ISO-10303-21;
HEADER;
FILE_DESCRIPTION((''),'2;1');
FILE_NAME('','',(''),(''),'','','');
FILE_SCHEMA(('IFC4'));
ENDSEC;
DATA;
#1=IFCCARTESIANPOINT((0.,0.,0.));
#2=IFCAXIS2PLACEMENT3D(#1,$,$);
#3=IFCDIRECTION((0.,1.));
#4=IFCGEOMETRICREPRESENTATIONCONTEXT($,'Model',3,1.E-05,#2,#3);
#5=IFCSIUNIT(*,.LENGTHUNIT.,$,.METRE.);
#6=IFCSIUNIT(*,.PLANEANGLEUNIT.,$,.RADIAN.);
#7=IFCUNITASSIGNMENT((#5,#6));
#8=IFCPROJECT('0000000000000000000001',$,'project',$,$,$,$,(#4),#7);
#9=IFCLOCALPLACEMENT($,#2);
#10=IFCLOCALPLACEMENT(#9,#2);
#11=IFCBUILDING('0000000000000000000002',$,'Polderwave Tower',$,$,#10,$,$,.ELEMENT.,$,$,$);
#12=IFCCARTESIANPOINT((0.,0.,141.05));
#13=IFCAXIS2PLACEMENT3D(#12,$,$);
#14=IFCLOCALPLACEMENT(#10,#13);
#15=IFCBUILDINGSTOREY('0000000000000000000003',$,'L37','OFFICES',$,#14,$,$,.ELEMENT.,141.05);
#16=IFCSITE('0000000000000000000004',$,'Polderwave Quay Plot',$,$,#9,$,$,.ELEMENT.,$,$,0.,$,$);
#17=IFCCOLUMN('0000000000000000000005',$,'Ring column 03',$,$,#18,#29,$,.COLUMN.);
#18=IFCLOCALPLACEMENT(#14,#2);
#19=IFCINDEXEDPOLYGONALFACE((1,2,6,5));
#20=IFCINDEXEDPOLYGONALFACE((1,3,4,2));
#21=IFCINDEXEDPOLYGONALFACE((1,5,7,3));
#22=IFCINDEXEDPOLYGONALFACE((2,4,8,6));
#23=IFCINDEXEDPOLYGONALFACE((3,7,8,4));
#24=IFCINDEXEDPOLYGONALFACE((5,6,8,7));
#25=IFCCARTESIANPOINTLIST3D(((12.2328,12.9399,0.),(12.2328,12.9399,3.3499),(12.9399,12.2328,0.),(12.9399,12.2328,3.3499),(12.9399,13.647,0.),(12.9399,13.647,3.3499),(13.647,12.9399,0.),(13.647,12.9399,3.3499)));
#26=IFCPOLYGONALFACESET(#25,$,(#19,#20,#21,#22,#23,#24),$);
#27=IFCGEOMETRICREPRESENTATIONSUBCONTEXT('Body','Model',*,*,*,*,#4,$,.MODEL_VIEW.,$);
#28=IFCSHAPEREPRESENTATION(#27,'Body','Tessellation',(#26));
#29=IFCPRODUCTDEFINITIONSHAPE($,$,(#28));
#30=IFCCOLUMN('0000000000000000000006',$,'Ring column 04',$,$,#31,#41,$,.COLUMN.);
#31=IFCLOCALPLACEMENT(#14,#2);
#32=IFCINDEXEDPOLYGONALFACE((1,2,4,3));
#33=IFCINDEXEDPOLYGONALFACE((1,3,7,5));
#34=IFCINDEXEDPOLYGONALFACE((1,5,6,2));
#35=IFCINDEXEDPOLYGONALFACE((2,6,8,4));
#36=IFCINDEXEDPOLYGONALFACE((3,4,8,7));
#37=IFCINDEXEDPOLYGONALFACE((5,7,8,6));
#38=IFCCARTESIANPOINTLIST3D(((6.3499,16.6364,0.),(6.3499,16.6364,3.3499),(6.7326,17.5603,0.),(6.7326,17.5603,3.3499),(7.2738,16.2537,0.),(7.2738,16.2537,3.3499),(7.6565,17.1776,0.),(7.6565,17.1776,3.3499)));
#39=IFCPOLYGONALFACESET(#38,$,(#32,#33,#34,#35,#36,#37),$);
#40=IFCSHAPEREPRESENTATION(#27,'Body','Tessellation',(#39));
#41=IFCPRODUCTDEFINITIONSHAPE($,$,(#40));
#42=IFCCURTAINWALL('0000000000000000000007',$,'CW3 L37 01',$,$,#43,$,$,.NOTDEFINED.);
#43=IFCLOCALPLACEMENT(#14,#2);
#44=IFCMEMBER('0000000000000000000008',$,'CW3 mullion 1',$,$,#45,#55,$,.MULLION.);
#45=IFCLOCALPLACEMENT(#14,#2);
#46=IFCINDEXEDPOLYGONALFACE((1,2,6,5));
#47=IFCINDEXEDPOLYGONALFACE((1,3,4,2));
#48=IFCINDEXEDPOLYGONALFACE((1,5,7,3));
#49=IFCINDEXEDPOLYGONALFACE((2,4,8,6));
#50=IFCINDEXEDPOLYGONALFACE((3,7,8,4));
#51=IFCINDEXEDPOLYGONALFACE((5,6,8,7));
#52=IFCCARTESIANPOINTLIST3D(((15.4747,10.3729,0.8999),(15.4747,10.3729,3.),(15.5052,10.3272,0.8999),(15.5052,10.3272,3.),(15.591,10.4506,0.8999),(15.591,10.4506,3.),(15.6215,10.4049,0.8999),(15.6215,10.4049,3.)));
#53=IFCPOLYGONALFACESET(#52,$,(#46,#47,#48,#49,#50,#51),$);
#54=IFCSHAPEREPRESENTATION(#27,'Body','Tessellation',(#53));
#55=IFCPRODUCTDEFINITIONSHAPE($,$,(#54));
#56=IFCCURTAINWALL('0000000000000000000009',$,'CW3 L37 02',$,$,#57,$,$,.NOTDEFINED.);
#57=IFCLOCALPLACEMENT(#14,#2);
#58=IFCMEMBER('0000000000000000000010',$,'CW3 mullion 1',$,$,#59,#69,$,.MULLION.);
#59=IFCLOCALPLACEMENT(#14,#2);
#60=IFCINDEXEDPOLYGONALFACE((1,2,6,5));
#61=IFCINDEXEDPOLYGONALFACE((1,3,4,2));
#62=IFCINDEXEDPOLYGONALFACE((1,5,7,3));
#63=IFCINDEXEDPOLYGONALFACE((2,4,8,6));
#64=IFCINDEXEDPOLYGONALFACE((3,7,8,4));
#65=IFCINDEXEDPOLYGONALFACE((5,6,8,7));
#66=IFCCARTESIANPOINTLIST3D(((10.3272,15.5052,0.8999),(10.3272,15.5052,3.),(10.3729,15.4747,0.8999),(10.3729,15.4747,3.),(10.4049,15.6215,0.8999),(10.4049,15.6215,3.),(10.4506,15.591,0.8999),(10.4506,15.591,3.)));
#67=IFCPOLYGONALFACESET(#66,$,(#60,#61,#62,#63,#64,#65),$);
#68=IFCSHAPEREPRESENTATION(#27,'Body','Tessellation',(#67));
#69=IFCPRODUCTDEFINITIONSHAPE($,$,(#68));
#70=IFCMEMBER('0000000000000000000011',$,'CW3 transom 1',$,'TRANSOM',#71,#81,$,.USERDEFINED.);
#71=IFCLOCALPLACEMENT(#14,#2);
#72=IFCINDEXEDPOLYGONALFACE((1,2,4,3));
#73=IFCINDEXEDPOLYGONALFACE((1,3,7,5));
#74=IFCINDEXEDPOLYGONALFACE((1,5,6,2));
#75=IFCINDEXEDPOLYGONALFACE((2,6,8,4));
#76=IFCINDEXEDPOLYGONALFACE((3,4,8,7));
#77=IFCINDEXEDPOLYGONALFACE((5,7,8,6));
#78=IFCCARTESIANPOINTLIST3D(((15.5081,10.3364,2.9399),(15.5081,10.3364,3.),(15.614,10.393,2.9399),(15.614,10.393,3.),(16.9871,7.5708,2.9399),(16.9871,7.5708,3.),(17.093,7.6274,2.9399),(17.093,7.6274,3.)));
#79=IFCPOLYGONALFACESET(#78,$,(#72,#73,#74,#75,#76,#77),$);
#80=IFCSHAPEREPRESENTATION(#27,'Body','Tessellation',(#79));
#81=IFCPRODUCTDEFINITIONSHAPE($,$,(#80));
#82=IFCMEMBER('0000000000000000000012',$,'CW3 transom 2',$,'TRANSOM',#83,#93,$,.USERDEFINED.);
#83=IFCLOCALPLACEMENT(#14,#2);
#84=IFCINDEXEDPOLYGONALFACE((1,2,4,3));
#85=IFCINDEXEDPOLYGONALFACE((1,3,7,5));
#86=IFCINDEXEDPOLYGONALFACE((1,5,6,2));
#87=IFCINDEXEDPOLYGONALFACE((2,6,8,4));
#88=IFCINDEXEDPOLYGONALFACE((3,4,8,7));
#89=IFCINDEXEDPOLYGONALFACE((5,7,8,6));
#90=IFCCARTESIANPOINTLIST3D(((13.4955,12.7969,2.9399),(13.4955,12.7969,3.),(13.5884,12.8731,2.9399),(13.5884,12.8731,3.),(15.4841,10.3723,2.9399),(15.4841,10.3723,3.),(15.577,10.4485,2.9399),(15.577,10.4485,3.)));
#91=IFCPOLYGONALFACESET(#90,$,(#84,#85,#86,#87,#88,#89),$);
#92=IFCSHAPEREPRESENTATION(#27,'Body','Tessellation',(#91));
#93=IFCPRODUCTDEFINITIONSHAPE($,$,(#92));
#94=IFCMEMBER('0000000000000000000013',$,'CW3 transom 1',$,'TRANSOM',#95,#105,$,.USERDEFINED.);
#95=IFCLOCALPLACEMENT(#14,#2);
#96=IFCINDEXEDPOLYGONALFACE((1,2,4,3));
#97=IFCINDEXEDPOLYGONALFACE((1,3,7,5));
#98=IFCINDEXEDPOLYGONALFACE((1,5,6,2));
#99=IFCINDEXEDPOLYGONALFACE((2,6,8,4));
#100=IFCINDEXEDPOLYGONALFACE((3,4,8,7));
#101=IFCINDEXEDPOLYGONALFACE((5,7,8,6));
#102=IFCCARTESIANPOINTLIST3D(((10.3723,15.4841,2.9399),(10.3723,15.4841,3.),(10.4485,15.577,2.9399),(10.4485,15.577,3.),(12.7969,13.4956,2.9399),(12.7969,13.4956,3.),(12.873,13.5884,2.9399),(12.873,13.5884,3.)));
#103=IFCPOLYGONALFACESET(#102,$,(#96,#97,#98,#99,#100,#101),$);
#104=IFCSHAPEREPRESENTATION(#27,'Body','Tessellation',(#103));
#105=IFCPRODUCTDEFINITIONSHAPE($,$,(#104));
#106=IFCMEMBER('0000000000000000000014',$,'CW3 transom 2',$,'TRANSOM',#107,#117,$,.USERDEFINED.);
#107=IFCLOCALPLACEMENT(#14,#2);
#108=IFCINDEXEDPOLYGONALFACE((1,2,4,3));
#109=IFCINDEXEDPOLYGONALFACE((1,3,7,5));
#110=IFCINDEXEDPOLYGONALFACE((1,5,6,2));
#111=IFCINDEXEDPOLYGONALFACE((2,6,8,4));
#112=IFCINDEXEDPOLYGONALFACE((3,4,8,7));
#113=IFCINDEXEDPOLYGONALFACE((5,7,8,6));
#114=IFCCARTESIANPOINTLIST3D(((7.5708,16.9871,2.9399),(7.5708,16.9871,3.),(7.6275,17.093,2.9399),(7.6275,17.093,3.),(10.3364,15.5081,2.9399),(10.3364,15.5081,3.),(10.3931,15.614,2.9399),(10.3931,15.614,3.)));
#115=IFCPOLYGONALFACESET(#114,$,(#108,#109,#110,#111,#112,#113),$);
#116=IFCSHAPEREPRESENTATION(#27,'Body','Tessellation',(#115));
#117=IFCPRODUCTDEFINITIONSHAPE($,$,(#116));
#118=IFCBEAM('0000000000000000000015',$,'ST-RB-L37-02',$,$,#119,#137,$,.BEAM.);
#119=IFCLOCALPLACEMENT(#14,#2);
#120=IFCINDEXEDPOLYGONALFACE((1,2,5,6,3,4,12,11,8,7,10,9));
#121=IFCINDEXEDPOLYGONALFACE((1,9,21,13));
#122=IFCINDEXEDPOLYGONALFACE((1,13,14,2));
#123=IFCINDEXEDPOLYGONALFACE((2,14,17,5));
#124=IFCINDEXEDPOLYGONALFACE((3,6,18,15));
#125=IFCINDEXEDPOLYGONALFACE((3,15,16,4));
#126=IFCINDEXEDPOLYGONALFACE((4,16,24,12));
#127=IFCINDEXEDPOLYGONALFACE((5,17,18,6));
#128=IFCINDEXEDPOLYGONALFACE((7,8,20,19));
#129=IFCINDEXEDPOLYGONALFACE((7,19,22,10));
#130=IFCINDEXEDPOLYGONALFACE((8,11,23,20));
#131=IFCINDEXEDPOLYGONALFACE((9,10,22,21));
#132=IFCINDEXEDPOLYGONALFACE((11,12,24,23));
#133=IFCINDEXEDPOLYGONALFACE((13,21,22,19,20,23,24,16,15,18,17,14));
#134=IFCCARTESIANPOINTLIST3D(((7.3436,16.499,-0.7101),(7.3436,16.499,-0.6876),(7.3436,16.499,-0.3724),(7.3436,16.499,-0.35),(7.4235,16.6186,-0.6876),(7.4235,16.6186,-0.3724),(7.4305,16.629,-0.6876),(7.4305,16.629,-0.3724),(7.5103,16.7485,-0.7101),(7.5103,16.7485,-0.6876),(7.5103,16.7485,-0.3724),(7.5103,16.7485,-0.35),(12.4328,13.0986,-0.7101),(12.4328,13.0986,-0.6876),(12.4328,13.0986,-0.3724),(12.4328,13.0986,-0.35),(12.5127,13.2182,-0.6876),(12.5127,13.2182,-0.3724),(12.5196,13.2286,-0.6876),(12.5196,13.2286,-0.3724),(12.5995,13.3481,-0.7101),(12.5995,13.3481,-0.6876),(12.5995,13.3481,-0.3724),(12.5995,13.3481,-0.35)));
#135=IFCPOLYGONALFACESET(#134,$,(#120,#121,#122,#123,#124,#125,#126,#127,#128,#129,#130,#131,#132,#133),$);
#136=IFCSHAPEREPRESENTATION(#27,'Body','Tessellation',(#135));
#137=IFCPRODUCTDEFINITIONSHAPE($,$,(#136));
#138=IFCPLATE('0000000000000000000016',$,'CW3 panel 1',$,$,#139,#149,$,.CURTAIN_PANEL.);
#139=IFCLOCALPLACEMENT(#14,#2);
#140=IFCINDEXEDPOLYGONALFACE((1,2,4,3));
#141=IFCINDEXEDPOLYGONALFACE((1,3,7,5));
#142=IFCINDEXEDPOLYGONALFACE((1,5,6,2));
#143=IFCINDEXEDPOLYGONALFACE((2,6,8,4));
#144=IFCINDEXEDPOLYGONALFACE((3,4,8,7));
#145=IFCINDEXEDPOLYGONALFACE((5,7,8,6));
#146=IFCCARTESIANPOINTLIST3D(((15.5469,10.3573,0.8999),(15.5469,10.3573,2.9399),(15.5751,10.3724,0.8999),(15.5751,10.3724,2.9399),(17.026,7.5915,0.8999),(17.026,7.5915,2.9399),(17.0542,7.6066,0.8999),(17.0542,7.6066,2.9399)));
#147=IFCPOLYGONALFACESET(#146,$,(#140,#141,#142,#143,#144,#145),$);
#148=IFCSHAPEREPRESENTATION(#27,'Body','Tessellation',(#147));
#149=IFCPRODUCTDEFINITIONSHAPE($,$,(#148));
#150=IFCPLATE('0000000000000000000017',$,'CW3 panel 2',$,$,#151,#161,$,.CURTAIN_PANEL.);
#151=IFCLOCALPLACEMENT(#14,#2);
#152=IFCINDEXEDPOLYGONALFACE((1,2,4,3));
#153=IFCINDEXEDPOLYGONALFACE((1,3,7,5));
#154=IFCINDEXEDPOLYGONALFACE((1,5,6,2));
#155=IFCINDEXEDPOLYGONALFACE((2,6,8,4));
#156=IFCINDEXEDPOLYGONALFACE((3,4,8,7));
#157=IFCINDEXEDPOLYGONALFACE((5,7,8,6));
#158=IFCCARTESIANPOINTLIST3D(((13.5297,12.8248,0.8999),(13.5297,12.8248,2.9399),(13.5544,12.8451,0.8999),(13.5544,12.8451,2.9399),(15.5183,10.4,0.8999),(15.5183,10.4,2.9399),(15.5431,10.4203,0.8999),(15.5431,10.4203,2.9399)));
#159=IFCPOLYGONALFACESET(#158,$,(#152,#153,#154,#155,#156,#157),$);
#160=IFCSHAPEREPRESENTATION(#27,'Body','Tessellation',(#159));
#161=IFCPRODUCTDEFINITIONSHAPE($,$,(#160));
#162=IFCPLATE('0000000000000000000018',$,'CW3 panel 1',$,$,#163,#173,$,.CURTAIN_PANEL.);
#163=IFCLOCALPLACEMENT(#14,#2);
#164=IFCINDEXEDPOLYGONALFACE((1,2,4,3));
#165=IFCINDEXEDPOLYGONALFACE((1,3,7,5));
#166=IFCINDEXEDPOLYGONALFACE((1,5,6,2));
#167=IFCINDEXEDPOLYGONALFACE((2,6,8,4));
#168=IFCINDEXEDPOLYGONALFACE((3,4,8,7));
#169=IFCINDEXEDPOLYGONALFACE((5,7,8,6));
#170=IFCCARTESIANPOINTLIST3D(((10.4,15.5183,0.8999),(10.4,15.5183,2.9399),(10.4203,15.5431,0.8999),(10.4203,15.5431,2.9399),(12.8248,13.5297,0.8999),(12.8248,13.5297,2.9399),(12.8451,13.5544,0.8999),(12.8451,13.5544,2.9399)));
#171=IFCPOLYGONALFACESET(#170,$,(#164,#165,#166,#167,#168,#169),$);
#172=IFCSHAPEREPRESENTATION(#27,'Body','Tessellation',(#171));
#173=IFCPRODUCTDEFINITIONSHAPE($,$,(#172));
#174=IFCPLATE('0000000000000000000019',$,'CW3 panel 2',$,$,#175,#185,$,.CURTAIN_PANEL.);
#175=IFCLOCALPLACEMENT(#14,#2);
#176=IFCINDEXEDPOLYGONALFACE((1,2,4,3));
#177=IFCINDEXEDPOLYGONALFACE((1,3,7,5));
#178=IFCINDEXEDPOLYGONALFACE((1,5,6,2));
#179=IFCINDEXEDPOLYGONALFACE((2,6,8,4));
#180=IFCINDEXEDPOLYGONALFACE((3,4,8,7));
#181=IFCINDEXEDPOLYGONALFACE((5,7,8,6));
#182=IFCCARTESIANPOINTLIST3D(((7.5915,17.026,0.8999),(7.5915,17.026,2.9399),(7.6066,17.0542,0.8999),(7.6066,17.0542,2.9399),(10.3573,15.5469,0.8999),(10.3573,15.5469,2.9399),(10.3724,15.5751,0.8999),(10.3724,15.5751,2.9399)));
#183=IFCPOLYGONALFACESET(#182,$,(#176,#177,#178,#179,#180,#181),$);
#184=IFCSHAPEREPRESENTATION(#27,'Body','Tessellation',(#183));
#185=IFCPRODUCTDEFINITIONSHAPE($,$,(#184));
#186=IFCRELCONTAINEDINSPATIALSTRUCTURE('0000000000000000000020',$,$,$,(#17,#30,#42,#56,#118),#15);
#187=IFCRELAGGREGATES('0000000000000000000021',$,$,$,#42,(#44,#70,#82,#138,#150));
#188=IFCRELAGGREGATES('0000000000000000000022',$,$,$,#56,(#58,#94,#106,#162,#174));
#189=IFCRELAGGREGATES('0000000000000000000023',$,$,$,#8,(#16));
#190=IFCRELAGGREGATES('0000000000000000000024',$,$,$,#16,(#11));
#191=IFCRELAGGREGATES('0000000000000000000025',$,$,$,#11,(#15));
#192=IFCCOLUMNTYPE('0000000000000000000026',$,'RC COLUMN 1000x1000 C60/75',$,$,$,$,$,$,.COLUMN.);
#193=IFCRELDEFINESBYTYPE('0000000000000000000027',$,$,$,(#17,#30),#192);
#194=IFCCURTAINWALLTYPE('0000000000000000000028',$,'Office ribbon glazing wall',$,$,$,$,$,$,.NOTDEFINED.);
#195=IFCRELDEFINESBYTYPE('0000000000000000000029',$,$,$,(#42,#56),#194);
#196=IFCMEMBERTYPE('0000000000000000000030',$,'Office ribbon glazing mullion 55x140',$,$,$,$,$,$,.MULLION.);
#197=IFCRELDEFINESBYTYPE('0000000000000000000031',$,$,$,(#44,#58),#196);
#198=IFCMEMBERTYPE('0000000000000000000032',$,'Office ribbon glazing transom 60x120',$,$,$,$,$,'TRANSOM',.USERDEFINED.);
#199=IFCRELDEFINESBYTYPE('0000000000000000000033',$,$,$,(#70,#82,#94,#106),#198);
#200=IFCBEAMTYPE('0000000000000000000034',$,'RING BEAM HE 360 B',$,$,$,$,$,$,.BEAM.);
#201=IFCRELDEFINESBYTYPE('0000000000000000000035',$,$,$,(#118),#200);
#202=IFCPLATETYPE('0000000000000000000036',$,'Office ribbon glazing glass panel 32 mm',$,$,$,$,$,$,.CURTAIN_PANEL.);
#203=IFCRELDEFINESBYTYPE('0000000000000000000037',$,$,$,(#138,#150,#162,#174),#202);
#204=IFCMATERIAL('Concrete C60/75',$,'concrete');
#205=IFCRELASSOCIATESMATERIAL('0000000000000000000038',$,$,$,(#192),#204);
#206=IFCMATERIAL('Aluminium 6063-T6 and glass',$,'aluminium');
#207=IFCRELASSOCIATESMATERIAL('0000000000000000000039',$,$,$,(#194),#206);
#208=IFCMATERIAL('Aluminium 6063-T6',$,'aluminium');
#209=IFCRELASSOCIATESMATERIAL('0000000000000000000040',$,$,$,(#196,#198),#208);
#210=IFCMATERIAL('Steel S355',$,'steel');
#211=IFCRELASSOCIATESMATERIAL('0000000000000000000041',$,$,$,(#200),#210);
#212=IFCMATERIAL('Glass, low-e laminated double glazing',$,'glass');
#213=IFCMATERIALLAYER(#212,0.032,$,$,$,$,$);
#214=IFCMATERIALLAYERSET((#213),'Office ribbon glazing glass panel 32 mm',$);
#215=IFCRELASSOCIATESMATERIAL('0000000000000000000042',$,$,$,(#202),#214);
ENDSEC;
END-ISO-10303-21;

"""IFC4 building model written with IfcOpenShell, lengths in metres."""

from ifc_helpers import new_model, si_unit, direction, frame, origin, origin_2d, place, context, subcontext, project, spatial, rectangle, i_section, extrude, material, layer, layer_set, material_profile, profile_set, type_object, element, aggregate, save


model = new_model("IFC4")

# Units and contexts
model_context = context("Model", 3, precision=1e-05, world=origin(), true_north=direction((0.0, 1.0)))
body_context = subcontext(model_context, "Body", "Model", "MODEL_VIEW")
ifc_project = project(units=[si_unit("LENGTHUNIT", "METRE"), si_unit("PLANEANGLEUNIT", "RADIAN")], contexts=[model_context])

# Site, building, storey
site_placement = place(None, origin())
site = spatial("IfcSite", under=ifc_project, at=site_placement, Name="Polderwave Quay Plot", CompositionType="ELEMENT", RefElevation=0.0)
building_placement = place(site_placement, origin())
building = spatial("IfcBuilding", under=site, at=building_placement, Name="Polderwave Tower", CompositionType="ELEMENT")
storey_placement = place(building_placement, frame((0.0, 0.0, 141.05)))
storey = spatial("IfcBuildingStorey", under=building, at=storey_placement, Name="L37", Description="OFFICES", CompositionType="ELEMENT", Elevation=141.05)

# Columns
ifc_material_1 = material(Name="Concrete C60/75", Category="concrete")
ifc_material_profile_1 = material_profile(ifc_material_1, rectangle(XDim=1.0, YDim=1.0, at=origin_2d()), Name="RC 1000x1000")
ifc_profile_set_1 = profile_set([ifc_material_profile_1], Name="Concrete C60/75")
column_type = type_object("IfcColumnType", Name="RC COLUMN 1000x1000 C60/75", PredefinedType="COLUMN", material=ifc_profile_set_1)
for number, where, z_axis, x_axis, name in (
    (1, (12.9399, 12.9399, 0.0), (0.0, 0.0, 1.0), (0.707107, 0.707107, 0.0), "Ring column 03"),
    (2, (7.0032, 16.907, 0.0), (0.0, 0.0, 1.0), (0.382683, 0.92388, 0.0), "Ring column 04"),
):
    element("IfcColumn", number, at=place(storey_placement, frame(where, z_axis=z_axis, x_axis=x_axis)), inside=storey, type_object=column_type, Name=name, PredefinedType="COLUMN", context=body_context, shape_type="SweptSolid", body=[
        extrude(rectangle(XDim=1.0, YDim=1.0, at=origin_2d()), origin(), (0.0, 0.0, 1.0), 3.3499),
    ])

# Curtain walls, members
ifc_material_2 = material(Name="Aluminium 6063-T6 and glass", Category="aluminium")
curtain_wall_type = type_object("IfcCurtainWallType", Name="Office ribbon glazing wall", PredefinedType="NOTDEFINED", material=ifc_material_2)
curtain_wall_1_placement = place(storey_placement, origin())
curtain_wall_1 = element("IfcCurtainWall", 3, at=curtain_wall_1_placement, inside=storey, type_object=curtain_wall_type, Name="CW3 L37 01", PredefinedType="NOTDEFINED")
ifc_material_3 = material(Name="Aluminium 6063-T6", Category="aluminium")
ifc_material_profile_2 = material_profile(ifc_material_3, rectangle(XDim=0.1399, YDim=0.0549, at=origin_2d()), Name="AL 55x140")
ifc_profile_set_2 = profile_set([ifc_material_profile_2], Name="Aluminium 6063-T6")
member_type_1 = type_object("IfcMemberType", Name="Office ribbon glazing mullion 55x140", PredefinedType="MULLION", material=ifc_profile_set_2)
member_1_placement = place(storey_placement, frame((15.5481, 10.3889, 0.8999), z_axis=(0.0, 0.0, 1.0), x_axis=(-0.831508, -0.555512, 0.0)))
member_1 = element("IfcMember", 4, at=member_1_placement, type_object=member_type_1, Name="CW3 mullion 1", PredefinedType="MULLION", context=body_context, shape_type="SweptSolid", body=[
    extrude(rectangle(XDim=0.1399, YDim=0.0549, at=origin_2d()), origin(), (0.0, 0.0, 1.0), 2.1001),
])
curtain_wall_2_placement = place(storey_placement, origin())
curtain_wall_2 = element("IfcCurtainWall", 5, at=curtain_wall_2_placement, inside=storey, type_object=curtain_wall_type, Name="CW3 L37 02", PredefinedType="NOTDEFINED")
member_2_placement = place(storey_placement, frame((10.3889, 15.5481, 0.8999), z_axis=(0.0, 0.0, 1.0), x_axis=(-0.555512, -0.831508, 0.0)))
member_2 = element("IfcMember", 6, at=member_2_placement, type_object=member_type_1, Name="CW3 mullion 1", PredefinedType="MULLION", context=body_context, shape_type="SweptSolid", body=[
    extrude(rectangle(XDim=0.1399, YDim=0.0549, at=origin_2d()), origin(), (0.0, 0.0, 1.0), 2.1001),
])

# Members
ifc_material_profile_3 = material_profile(ifc_material_3, rectangle(XDim=0.1201, YDim=0.0601, at=origin_2d()), Name="AL 60x120")
ifc_profile_set_3 = profile_set([ifc_material_profile_3], Name="Aluminium 6063-T6")
member_type_2 = type_object("IfcMemberType", Name="Office ribbon glazing transom 60x120", ElementType="TRANSOM", PredefinedType="USERDEFINED", material=ifc_profile_set_3)
member_3_placement = place(storey_placement, frame((17.04, 7.5991, 2.97), z_axis=(-0.471582, 0.881822, 0.0), x_axis=(-0.881822, -0.471582, 0.0)))
member_3 = element("IfcMember", 7, at=member_3_placement, type_object=member_type_2, Name="CW3 transom 1", ObjectType="TRANSOM", PredefinedType="USERDEFINED", context=body_context, shape_type="SweptSolid", body=[
    extrude(rectangle(XDim=0.1201, YDim=0.0601, at=origin_2d()), origin(), (0.0, 0.0, 1.0), 3.1362),
])
member_4_placement = place(storey_placement, frame((15.5305, 10.4104, 2.97), z_axis=(-0.634153, 0.773207, 0.0), x_axis=(-0.773207, -0.634153, 0.0)))
member_4 = element("IfcMember", 8, at=member_4_placement, type_object=member_type_2, Name="CW3 transom 2", ObjectType="TRANSOM", PredefinedType="USERDEFINED", context=body_context, shape_type="SweptSolid", body=[
    extrude(rectangle(XDim=0.1201, YDim=0.0601, at=origin_2d()), origin(), (0.0, 0.0, 1.0), 3.1357),
])
member_5_placement = place(storey_placement, frame((12.835, 13.542, 2.97), z_axis=(-0.773207, 0.634153, 0.0), x_axis=(-0.634153, -0.773207, 0.0)))
member_5 = element("IfcMember", 9, at=member_5_placement, type_object=member_type_2, Name="CW3 transom 1", ObjectType="TRANSOM", PredefinedType="USERDEFINED", context=body_context, shape_type="SweptSolid", body=[
    extrude(rectangle(XDim=0.1201, YDim=0.0601, at=origin_2d()), origin(), (0.0, 0.0, 1.0), 3.1357),
])
member_6_placement = place(storey_placement, frame((10.3647, 15.561, 2.97), z_axis=(-0.881822, 0.471582, 0.0), x_axis=(-0.471582, -0.881822, 0.0)))
member_6 = element("IfcMember", 10, at=member_6_placement, type_object=member_type_2, Name="CW3 transom 2", ObjectType="TRANSOM", PredefinedType="USERDEFINED", context=body_context, shape_type="SweptSolid", body=[
    extrude(rectangle(XDim=0.1201, YDim=0.0601, at=origin_2d()), origin(), (0.0, 0.0, 1.0), 3.1362),
])

# Beam
ifc_material_4 = material(Name="Steel S355", Category="steel")
ifc_material_profile_4 = material_profile(ifc_material_4, i_section(OverallWidth=0.3, OverallDepth=0.3601, WebThickness=0.0125, FlangeThickness=0.0225, at=origin_2d()), Name="HE 360 B")
ifc_profile_set_4 = profile_set([ifc_material_profile_4], Name="Steel S355")
beam_type = type_object("IfcBeamType", Name="RING BEAM HE 360 B", PredefinedType="BEAM", material=ifc_profile_set_4)
beam_placement = place(storey_placement, frame((12.5161, 13.2234, -0.53), z_axis=(-0.831473, 0.555565, 0.0), x_axis=(-0.555565, -0.831473, 0.0)))
element("IfcBeam", 11, at=beam_placement, inside=storey, type_object=beam_type, Name="ST-RB-L37-02", PredefinedType="BEAM", context=body_context, shape_type="SweptSolid", body=[
    extrude(i_section(OverallWidth=0.3, OverallDepth=0.3601, WebThickness=0.0125, FlangeThickness=0.0225, at=origin_2d()), origin(), (0.0, 0.0, 1.0), 6.1206),
])

# Plates
ifc_material_5 = material(Name="Glass, low-e laminated double glazing", Category="glass")
ifc_layer_1 = layer(ifc_material_5, 0.032)
ifc_layer_set_1 = layer_set([ifc_layer_1], Name="Office ribbon glazing glass panel 32 mm")
plate_type = type_object("IfcPlateType", Name="Office ribbon glazing glass panel 32 mm", PredefinedType="CURTAIN_PANEL", material=ifc_layer_set_1)
plate_1_placement = place(storey_placement, frame((16.3005, 8.9819, 0.8999), z_axis=(0.0, 0.0, 1.0), x_axis=(-0.471572, 0.881827, 0.0)))
plate_1 = element("IfcPlate", 12, at=plate_1_placement, type_object=plate_type, Name="CW3 panel 1", PredefinedType="CURTAIN_PANEL", context=body_context, shape_type="SweptSolid", body=[
    extrude(rectangle(XDim=3.1365, YDim=0.032, at=origin_2d()), origin(), (0.0, 0.0, 1.0), 2.04),
])
plate_2_placement = place(storey_placement, frame((14.5364, 11.6226, 0.8999), z_axis=(0.0, 0.0, 1.0), x_axis=(-0.634133, 0.773224, 0.0)))
plate_2 = element("IfcPlate", 13, at=plate_2_placement, type_object=plate_type, Name="CW3 panel 2", PredefinedType="CURTAIN_PANEL", context=body_context, shape_type="SweptSolid", body=[
    extrude(rectangle(XDim=3.136, YDim=0.032, at=origin_2d()), origin(), (0.0, 0.0, 1.0), 2.04),
])
aggregate(curtain_wall_1, [member_1, member_3, member_4, plate_1, plate_2])
plate_3_placement = place(storey_placement, frame((11.6226, 14.5364, 0.8999), z_axis=(0.0, 0.0, 1.0), x_axis=(-0.773224, 0.634133, 0.0)))
plate_3 = element("IfcPlate", 14, at=plate_3_placement, type_object=plate_type, Name="CW3 panel 1", PredefinedType="CURTAIN_PANEL", context=body_context, shape_type="SweptSolid", body=[
    extrude(rectangle(XDim=3.136, YDim=0.032, at=origin_2d()), origin(), (0.0, 0.0, 1.0), 2.04),
])
plate_4_placement = place(storey_placement, frame((8.9819, 16.3005, 0.8999), z_axis=(0.0, 0.0, 1.0), x_axis=(-0.881827, 0.471572, 0.0)))
plate_4 = element("IfcPlate", 15, at=plate_4_placement, type_object=plate_type, Name="CW3 panel 2", PredefinedType="CURTAIN_PANEL", context=body_context, shape_type="SweptSolid", body=[
    extrude(rectangle(XDim=3.1365, YDim=0.032, at=origin_2d()), origin(), (0.0, 0.0, 1.0), 2.04),
])
aggregate(curtain_wall_2, [member_2, member_5, member_6, plate_3, plate_4])

save(model, "model.ifc")
